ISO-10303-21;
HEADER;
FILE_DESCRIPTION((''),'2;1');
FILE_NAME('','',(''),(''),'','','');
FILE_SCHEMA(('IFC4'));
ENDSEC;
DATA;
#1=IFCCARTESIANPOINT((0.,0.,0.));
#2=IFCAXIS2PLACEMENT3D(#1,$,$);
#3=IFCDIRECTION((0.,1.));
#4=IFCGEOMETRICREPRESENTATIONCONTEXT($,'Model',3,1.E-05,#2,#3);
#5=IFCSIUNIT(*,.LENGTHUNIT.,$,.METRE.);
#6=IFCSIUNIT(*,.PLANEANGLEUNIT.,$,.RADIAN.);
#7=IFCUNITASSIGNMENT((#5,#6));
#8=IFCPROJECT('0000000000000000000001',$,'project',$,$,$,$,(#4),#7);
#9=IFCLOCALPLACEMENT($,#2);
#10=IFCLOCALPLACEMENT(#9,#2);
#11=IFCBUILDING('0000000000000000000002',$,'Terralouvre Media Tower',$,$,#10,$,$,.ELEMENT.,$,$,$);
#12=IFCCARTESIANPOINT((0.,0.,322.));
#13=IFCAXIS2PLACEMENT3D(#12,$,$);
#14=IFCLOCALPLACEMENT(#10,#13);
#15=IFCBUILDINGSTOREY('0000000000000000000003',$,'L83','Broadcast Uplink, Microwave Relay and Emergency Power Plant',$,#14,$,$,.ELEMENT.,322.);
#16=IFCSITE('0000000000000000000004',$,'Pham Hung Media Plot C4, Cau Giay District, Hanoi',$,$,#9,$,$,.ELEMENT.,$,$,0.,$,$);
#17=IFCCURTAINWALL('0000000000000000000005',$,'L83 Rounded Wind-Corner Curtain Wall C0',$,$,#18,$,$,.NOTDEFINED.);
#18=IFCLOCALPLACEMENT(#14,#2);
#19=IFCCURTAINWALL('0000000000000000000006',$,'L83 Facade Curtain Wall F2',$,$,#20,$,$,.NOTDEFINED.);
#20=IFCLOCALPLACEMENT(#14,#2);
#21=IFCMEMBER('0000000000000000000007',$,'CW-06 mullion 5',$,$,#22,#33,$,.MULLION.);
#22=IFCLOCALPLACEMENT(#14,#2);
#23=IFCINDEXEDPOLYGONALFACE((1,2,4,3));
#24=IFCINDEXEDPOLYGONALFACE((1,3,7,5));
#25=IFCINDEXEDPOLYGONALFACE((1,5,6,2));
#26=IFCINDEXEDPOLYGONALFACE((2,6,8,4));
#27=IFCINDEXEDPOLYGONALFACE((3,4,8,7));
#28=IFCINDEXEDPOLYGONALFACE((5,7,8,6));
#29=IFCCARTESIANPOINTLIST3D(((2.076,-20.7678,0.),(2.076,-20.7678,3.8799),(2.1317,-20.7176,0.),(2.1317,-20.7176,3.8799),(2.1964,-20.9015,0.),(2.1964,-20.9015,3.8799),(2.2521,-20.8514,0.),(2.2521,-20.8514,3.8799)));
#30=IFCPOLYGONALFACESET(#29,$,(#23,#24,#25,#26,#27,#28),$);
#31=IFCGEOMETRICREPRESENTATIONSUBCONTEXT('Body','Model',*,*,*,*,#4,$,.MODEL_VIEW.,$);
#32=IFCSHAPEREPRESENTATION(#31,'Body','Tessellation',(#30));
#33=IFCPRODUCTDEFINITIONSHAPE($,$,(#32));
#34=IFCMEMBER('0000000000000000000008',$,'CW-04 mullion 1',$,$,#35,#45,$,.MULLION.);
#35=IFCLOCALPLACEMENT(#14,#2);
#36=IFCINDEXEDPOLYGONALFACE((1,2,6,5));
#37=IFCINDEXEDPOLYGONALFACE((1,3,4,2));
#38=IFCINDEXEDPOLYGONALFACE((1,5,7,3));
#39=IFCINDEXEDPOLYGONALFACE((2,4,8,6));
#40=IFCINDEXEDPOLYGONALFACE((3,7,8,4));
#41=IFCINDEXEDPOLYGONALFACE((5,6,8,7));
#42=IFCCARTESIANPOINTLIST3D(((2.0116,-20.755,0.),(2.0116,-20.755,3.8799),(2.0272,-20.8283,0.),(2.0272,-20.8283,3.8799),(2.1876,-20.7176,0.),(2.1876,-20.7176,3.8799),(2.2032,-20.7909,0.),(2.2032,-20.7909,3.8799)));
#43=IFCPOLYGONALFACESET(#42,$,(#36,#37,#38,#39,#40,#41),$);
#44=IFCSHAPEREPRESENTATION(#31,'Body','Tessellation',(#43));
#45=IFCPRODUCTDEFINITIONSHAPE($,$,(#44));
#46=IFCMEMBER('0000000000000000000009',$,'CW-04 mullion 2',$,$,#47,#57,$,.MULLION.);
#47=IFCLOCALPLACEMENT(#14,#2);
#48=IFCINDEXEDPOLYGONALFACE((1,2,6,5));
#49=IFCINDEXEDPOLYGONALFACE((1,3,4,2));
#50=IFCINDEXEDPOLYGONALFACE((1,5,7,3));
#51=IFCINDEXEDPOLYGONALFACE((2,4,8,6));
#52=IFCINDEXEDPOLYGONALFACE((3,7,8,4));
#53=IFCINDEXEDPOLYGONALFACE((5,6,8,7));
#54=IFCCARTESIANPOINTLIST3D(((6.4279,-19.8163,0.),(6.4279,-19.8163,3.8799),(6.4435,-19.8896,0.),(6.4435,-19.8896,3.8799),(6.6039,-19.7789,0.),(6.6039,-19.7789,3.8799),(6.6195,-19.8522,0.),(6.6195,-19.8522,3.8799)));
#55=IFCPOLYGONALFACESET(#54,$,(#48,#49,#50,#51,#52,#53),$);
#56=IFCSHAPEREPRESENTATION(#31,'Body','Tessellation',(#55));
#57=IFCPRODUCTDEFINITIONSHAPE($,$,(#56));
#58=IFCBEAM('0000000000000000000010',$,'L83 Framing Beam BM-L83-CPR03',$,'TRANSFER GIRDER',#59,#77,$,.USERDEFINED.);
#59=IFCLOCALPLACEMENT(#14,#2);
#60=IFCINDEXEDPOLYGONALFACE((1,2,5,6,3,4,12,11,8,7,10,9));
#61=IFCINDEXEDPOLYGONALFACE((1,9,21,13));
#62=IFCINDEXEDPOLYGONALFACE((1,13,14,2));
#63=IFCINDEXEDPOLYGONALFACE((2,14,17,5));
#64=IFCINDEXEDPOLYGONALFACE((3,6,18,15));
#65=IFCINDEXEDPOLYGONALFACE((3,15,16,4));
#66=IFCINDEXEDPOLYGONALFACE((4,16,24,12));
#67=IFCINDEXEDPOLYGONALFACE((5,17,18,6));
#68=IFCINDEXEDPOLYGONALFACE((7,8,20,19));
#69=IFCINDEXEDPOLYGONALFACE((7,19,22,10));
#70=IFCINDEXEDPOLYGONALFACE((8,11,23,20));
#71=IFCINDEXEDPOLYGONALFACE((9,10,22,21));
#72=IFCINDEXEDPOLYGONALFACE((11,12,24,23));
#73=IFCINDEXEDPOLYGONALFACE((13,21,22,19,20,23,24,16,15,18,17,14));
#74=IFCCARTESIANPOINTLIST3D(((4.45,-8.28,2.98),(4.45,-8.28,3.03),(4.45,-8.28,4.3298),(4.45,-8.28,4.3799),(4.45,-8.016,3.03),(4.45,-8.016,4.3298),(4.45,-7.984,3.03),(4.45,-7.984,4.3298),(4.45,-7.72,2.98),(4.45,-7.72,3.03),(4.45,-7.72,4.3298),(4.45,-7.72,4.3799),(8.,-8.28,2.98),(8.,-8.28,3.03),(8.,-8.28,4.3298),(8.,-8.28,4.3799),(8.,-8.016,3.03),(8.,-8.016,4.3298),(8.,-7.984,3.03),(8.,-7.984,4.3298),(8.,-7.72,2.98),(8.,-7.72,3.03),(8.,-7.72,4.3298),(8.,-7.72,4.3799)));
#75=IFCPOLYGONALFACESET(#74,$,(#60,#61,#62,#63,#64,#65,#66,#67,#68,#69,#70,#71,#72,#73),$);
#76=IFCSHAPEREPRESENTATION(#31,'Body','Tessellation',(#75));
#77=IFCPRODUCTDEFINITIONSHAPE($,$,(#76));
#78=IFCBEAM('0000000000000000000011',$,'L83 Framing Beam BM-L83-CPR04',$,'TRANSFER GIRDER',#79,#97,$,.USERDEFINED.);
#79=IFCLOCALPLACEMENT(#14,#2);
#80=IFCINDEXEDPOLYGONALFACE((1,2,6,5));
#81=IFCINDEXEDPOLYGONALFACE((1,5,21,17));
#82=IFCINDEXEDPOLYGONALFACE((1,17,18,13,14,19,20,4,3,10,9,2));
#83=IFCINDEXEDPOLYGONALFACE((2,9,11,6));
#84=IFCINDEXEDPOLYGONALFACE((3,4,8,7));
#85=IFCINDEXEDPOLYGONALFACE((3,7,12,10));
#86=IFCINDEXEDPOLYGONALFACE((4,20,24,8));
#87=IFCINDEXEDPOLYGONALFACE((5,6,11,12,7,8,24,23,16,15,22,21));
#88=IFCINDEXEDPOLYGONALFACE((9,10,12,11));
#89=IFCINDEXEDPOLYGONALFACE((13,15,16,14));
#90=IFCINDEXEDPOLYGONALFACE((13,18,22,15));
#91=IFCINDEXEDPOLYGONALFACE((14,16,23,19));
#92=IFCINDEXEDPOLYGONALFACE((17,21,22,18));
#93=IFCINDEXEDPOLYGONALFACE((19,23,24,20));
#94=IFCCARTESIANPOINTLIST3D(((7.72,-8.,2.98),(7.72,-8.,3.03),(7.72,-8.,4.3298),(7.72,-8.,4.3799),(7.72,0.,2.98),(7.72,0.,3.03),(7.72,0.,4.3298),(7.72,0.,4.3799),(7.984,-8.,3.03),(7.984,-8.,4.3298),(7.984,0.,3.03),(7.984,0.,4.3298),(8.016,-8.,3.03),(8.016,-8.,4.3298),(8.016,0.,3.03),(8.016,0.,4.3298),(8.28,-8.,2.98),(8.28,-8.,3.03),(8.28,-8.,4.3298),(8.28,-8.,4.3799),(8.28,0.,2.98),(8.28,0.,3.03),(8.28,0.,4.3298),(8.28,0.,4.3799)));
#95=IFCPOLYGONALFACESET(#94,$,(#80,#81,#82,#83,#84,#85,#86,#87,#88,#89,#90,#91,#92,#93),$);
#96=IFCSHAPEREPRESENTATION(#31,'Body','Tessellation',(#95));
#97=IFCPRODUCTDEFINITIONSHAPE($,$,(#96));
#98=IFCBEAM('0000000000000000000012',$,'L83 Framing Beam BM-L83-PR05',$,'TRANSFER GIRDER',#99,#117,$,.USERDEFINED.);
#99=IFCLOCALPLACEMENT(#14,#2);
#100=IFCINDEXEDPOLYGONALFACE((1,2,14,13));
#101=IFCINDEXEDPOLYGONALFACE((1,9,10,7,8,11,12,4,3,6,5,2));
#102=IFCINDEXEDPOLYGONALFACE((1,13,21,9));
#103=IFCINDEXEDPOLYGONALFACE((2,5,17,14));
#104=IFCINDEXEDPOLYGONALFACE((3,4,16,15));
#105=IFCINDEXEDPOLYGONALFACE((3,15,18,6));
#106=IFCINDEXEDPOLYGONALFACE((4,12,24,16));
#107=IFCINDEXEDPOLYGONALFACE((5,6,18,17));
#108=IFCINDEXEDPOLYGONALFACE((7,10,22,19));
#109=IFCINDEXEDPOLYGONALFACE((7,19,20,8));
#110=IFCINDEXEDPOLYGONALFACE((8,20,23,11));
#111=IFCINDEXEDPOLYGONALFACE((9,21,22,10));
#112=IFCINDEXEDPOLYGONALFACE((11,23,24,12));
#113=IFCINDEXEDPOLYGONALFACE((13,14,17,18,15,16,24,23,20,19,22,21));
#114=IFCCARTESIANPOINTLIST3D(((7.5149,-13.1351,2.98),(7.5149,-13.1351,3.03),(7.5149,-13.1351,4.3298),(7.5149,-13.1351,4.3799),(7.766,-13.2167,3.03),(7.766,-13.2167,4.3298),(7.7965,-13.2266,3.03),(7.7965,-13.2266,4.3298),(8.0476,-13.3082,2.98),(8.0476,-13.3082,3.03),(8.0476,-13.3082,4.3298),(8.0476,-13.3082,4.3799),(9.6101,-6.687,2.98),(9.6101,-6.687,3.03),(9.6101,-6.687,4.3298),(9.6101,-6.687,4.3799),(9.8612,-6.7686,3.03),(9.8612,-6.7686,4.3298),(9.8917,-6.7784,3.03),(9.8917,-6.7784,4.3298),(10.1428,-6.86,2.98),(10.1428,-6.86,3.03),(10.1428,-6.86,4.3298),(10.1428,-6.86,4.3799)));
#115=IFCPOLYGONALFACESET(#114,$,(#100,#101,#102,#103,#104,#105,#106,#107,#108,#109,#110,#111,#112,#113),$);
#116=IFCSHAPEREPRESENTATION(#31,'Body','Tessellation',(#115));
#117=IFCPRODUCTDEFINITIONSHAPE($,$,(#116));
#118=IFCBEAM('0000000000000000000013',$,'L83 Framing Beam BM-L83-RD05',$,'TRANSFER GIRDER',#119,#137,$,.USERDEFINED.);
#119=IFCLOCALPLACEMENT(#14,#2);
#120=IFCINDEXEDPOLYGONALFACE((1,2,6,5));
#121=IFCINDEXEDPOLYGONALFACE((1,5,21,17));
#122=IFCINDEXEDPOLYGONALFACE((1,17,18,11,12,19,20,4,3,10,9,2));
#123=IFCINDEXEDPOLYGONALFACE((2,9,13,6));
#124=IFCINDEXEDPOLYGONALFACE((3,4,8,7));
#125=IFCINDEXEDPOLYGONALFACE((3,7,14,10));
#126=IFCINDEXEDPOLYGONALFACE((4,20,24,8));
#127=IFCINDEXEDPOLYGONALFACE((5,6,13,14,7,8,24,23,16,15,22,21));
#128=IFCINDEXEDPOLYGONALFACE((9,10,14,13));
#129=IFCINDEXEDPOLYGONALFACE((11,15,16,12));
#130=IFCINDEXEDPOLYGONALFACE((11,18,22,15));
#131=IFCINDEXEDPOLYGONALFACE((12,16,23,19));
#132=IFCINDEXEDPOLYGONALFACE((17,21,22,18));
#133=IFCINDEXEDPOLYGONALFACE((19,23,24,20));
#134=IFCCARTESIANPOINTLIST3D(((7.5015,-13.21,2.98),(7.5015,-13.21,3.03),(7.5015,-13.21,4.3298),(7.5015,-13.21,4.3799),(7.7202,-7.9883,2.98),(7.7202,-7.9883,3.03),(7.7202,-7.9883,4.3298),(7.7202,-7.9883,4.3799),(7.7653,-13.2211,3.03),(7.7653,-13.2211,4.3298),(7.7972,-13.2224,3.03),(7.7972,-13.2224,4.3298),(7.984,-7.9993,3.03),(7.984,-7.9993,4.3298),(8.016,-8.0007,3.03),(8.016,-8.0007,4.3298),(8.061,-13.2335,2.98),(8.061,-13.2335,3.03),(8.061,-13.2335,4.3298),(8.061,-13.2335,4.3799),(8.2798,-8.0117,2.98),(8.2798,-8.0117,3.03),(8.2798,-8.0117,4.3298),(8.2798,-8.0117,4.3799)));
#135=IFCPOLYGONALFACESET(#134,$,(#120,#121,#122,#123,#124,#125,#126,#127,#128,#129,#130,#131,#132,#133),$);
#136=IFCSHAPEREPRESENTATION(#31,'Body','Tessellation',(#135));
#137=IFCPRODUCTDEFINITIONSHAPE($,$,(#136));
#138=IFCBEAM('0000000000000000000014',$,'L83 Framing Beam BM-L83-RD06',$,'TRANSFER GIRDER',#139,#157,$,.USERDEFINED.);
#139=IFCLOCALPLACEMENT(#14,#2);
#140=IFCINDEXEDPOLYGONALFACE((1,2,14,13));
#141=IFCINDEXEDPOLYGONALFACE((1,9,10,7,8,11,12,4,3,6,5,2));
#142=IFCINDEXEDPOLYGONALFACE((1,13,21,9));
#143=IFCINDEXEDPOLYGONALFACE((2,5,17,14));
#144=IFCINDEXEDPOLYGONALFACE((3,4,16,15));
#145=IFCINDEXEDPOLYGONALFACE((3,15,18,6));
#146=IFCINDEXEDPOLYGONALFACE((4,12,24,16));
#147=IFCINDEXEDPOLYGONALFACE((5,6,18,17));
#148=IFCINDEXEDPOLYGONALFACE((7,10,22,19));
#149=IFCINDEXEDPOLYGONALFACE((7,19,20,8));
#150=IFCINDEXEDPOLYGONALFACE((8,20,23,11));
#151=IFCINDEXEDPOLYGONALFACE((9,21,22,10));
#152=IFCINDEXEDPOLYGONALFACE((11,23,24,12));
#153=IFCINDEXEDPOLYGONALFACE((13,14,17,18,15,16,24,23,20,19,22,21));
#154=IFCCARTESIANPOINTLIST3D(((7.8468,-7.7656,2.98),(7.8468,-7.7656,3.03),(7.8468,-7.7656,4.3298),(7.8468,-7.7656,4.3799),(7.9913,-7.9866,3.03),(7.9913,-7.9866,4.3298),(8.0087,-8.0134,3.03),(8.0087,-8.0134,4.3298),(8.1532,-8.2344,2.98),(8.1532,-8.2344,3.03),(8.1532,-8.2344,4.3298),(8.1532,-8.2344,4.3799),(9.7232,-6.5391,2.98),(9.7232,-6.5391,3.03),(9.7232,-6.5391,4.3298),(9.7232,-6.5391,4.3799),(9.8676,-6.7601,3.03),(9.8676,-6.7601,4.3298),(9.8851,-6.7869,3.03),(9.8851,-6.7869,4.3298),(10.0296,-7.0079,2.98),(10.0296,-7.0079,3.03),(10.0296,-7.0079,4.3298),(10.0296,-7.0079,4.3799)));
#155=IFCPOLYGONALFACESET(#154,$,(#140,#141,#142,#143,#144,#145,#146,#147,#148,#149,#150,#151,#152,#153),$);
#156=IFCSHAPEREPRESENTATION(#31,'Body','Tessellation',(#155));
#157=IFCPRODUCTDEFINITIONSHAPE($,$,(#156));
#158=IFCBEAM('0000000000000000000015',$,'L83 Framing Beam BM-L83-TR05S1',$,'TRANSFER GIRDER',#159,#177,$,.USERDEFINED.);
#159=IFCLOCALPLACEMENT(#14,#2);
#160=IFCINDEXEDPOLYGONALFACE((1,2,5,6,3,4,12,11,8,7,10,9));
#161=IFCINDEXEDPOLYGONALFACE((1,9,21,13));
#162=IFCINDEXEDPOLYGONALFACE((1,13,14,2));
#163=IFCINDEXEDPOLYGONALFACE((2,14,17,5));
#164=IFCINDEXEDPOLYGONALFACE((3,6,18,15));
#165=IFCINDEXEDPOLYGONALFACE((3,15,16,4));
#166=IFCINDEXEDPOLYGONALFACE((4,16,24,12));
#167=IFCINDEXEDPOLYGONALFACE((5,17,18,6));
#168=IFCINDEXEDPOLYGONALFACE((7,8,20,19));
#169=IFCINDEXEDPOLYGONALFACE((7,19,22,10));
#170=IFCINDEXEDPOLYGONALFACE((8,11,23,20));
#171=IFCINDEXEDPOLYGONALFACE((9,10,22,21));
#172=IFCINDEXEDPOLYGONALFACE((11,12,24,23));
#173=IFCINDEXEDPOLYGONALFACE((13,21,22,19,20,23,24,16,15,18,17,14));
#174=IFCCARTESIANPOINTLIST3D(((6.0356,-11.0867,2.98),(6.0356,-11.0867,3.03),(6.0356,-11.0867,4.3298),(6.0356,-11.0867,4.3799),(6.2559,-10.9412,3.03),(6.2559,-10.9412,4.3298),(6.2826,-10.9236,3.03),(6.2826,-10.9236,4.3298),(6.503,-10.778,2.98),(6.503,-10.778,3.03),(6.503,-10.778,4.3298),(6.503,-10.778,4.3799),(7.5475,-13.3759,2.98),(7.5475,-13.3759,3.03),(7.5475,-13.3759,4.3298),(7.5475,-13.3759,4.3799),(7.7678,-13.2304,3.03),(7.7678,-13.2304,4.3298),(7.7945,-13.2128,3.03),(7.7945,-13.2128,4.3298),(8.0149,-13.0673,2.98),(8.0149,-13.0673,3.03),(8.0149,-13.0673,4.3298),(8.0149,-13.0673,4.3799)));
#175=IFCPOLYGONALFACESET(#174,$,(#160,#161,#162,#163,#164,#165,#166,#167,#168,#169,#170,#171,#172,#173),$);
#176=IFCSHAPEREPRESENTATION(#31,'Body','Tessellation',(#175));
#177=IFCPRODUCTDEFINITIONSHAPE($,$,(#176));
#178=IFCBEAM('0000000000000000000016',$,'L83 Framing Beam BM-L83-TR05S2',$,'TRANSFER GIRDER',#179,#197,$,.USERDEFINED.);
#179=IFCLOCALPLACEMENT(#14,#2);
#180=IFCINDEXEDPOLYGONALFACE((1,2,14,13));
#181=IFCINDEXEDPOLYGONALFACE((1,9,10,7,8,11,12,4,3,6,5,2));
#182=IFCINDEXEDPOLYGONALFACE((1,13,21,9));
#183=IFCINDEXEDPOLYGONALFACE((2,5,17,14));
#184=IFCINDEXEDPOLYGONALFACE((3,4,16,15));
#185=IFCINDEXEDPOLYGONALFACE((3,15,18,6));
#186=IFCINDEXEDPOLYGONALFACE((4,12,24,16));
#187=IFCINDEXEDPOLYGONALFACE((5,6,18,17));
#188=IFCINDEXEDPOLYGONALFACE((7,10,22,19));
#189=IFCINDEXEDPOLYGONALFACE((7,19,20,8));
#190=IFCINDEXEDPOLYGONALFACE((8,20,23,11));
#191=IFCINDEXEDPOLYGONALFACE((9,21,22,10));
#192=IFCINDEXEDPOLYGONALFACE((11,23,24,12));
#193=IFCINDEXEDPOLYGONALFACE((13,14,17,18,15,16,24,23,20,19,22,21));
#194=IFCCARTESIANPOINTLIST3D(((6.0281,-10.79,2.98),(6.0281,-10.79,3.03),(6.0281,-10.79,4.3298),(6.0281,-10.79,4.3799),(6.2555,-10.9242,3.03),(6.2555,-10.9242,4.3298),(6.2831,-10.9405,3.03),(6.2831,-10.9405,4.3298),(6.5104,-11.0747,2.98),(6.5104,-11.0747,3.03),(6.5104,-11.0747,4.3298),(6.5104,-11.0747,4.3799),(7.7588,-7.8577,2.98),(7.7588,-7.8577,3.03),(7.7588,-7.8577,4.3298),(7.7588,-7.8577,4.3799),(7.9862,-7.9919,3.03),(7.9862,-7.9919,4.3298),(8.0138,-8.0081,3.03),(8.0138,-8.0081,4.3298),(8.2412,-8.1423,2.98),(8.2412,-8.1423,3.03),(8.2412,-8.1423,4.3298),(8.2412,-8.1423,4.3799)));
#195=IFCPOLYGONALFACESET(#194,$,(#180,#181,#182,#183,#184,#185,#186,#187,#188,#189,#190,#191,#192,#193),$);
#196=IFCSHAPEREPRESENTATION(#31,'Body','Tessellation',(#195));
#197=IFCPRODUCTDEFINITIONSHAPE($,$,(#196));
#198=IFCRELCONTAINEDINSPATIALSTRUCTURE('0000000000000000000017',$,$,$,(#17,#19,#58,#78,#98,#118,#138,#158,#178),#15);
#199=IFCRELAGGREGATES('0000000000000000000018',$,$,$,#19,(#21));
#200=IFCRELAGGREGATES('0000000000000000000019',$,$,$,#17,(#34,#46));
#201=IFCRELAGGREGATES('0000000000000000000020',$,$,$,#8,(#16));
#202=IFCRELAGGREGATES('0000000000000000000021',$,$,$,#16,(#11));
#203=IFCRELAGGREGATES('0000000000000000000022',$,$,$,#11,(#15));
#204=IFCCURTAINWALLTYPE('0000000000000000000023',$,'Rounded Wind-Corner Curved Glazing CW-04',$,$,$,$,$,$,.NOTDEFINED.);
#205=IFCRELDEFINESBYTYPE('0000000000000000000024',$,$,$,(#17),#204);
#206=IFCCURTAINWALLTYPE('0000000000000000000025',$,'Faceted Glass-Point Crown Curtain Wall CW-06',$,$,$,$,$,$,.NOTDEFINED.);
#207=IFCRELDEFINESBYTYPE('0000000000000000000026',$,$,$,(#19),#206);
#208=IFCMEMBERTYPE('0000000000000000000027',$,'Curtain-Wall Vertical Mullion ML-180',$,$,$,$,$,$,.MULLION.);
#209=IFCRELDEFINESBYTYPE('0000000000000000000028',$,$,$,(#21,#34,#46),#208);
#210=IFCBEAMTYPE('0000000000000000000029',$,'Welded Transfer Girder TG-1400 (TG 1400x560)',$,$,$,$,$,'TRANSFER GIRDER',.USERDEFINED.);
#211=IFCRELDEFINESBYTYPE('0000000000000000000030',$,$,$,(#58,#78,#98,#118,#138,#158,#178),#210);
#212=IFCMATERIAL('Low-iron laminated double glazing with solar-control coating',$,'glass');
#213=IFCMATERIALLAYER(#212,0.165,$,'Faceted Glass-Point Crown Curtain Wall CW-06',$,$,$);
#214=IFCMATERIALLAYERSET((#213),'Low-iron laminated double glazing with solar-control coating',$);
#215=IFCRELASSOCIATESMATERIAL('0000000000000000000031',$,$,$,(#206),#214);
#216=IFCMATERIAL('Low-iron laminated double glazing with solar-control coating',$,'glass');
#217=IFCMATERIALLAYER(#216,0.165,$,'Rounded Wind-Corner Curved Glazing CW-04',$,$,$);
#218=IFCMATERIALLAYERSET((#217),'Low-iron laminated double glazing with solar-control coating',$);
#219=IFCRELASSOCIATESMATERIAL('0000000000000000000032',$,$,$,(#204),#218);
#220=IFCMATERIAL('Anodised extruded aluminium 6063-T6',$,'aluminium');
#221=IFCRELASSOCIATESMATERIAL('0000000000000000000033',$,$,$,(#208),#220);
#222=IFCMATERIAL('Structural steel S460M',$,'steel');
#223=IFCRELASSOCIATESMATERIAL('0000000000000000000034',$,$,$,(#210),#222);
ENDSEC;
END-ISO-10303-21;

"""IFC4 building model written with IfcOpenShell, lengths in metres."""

from ifc_helpers import new_model, si_unit, direction, frame, origin, origin_2d, place, context, subcontext, project, spatial, rectangle, i_section, extrude, material, layer, layer_set, material_profile, profile_set, type_object, element, aggregate, save


model = new_model("IFC4")

# Units and contexts
model_context = context("Model", 3, precision=1e-05, world=origin(), true_north=direction((0.0, 1.0)))
body_context = subcontext(model_context, "Body", "Model", "MODEL_VIEW")
ifc_project = project(units=[si_unit("LENGTHUNIT", "METRE"), si_unit("PLANEANGLEUNIT", "RADIAN")], contexts=[model_context])

# Site, building, storey
site_placement = place(None, origin())
site = spatial("IfcSite", under=ifc_project, at=site_placement, Name="Pham Hung Media Plot C4, Cau Giay District, Hanoi", CompositionType="ELEMENT", RefElevation=0.0)
building_placement = place(site_placement, origin())
building = spatial("IfcBuilding", under=site, at=building_placement, Name="Terralouvre Media Tower", CompositionType="ELEMENT")
storey_placement = place(building_placement, frame((0.0, 0.0, 322.0)))
storey = spatial("IfcBuildingStorey", under=building, at=storey_placement, Name="L83", Description="Broadcast Uplink, Microwave Relay and Emergency Power Plant", CompositionType="ELEMENT", Elevation=322.0)

# Curtain wall
ifc_material_1 = material(Name="Low-iron laminated double glazing with solar-control coating", Category="glass")
ifc_layer_1 = layer(ifc_material_1, 0.165, Name="Faceted Glass-Point Crown Curtain Wall CW-06")
ifc_layer_set_1 = layer_set([ifc_layer_1], Name="Low-iron laminated double glazing with solar-control coating")
curtain_wall_type_1 = type_object("IfcCurtainWallType", Name="Faceted Glass-Point Crown Curtain Wall CW-06", PredefinedType="NOTDEFINED", material=ifc_layer_set_1)
ifc_material_2 = material(Name="Low-iron laminated double glazing with solar-control coating", Category="glass")
ifc_layer_2 = layer(ifc_material_2, 0.165, Name="Rounded Wind-Corner Curved Glazing CW-04")
ifc_layer_set_2 = layer_set([ifc_layer_2], Name="Low-iron laminated double glazing with solar-control coating")
curtain_wall_type_2 = type_object("IfcCurtainWallType", Name="Rounded Wind-Corner Curved Glazing CW-04", PredefinedType="NOTDEFINED", material=ifc_layer_set_2)
curtain_wall_1_placement = place(storey_placement, origin())
curtain_wall_1 = element("IfcCurtainWall", 1, at=curtain_wall_1_placement, inside=storey, type_object=curtain_wall_type_2, Name="L83 Rounded Wind-Corner Curtain Wall C0", PredefinedType="NOTDEFINED")

# Shared definitions
ifc_material_3 = material(Name="Anodised extruded aluminium 6063-T6", Category="aluminium")
ifc_material_profile_1 = material_profile(ifc_material_3, rectangle(XDim=0.075, YDim=0.1799, at=origin_2d()), Name="ALU 75x180")
ifc_profile_set_1 = profile_set([ifc_material_profile_1], Name="Anodised extruded aluminium 6063-T6")
member_type_1 = type_object("IfcMemberType", Name="Curtain-Wall Vertical Mullion ML-180", PredefinedType="MULLION", material=ifc_profile_set_1)

# Curtain wall, member
curtain_wall_2_placement = place(storey_placement, origin())
curtain_wall_2 = element("IfcCurtainWall", 2, at=curtain_wall_2_placement, inside=storey, type_object=curtain_wall_type_1, Name="L83 Facade Curtain Wall F2", PredefinedType="NOTDEFINED")
member_1_placement = place(storey_placement, frame((2.1641, -20.8096, 0.0), z_axis=(0.0, 0.0, 1.0), x_axis=(0.743145, 0.669131, 0.0)))
member_1 = element("IfcMember", 3, at=member_1_placement, type_object=member_type_1, Name="CW-06 mullion 5", PredefinedType="MULLION", context=body_context, shape_type="SweptSolid", body=[
    extrude(rectangle(XDim=0.075, YDim=0.1799, at=origin_2d()), origin(), (0.0, 0.0, 1.0), 3.8799),
])
aggregate(curtain_wall_2, [member_1])

# Members
member_2_placement = place(storey_placement, frame((2.1074, -20.7729, 0.0), z_axis=(0.0, 0.0, 1.0), x_axis=(-0.207911, 0.978148, 0.0)))
member_2 = element("IfcMember", 4, at=member_2_placement, type_object=member_type_1, Name="CW-04 mullion 1", PredefinedType="MULLION", context=body_context, shape_type="SweptSolid", body=[
    extrude(rectangle(XDim=0.075, YDim=0.1799, at=origin_2d()), origin(), (0.0, 0.0, 1.0), 3.8799),
])
member_3_placement = place(storey_placement, frame((6.5237, -19.8342, 0.0), z_axis=(0.0, 0.0, 1.0), x_axis=(-0.207911, 0.978148, 0.0)))
member_3 = element("IfcMember", 5, at=member_3_placement, type_object=member_type_1, Name="CW-04 mullion 2", PredefinedType="MULLION", context=body_context, shape_type="SweptSolid", body=[
    extrude(rectangle(XDim=0.075, YDim=0.1799, at=origin_2d()), origin(), (0.0, 0.0, 1.0), 3.8799),
])

# Beams
ifc_material_4 = material(Name="Structural steel S460M", Category="steel")
ifc_material_profile_2 = material_profile(ifc_material_4, i_section(OverallWidth=0.5601, OverallDepth=1.3999, WebThickness=0.032, FlangeThickness=0.05, at=origin_2d()), Name="TG 1400x560")
ifc_profile_set_2 = profile_set([ifc_material_profile_2], Name="Structural steel S460M")
beam_type = type_object("IfcBeamType", Name="Welded Transfer Girder TG-1400 (TG 1400x560)", ElementType="TRANSFER GIRDER", PredefinedType="USERDEFINED", material=ifc_profile_set_2)
beam_1_placement = place(storey_placement, frame((4.45, -8.0, 3.6799), z_axis=(1.0, 0.0, 0.0), x_axis=(0.0, 1.0, 0.0)))
element("IfcBeam", 6, at=beam_1_placement, inside=storey, type_object=beam_type, Name="L83 Framing Beam BM-L83-CPR03", ObjectType="TRANSFER GIRDER", PredefinedType="USERDEFINED", context=body_context, shape_type="SweptSolid", body=[
    extrude(i_section(OverallWidth=0.5601, OverallDepth=1.3999, WebThickness=0.032, FlangeThickness=0.05, at=origin_2d()), origin(), (0.0, 0.0, 1.0), 3.55),
])
beam_2_placement = place(storey_placement, frame((8.0, -8.0, 3.6799), z_axis=(0.0, 1.0, 0.0), x_axis=(-1.0, 0.0, 0.0)))
element("IfcBeam", 7, at=beam_2_placement, inside=storey, type_object=beam_type, Name="L83 Framing Beam BM-L83-CPR04", ObjectType="TRANSFER GIRDER", PredefinedType="USERDEFINED", context=body_context, shape_type="SweptSolid", body=[
    extrude(i_section(OverallWidth=0.5601, OverallDepth=1.3999, WebThickness=0.032, FlangeThickness=0.05, at=origin_2d()), origin(), (0.0, 0.0, 1.0), 8.0),
])
beam_3_placement = place(storey_placement, frame((7.7812, -13.2217, 3.6799), z_axis=(0.309024, 0.951054, 0.0), x_axis=(-0.951054, 0.309024, 0.0)))
element("IfcBeam", 8, at=beam_3_placement, inside=storey, type_object=beam_type, Name="L83 Framing Beam BM-L83-PR05", ObjectType="TRANSFER GIRDER", PredefinedType="USERDEFINED", context=body_context, shape_type="SweptSolid", body=[
    extrude(i_section(OverallWidth=0.5601, OverallDepth=1.3999, WebThickness=0.032, FlangeThickness=0.05, at=origin_2d()), origin(), (0.0, 0.0, 1.0), 6.78),
])
beam_4_placement = place(storey_placement, frame((8.0, -8.0, 3.6799), z_axis=(-0.041856, -0.999124, 0.0), x_axis=(0.999124, -0.041856, 0.0)))
element("IfcBeam", 9, at=beam_4_placement, inside=storey, type_object=beam_type, Name="L83 Framing Beam BM-L83-RD05", ObjectType="TRANSFER GIRDER", PredefinedType="USERDEFINED", context=body_context, shape_type="SweptSolid", body=[
    extrude(i_section(OverallWidth=0.5601, OverallDepth=1.3999, WebThickness=0.032, FlangeThickness=0.05, at=origin_2d()), origin(), (0.0, 0.0, 1.0), 5.2263),
])
beam_5_placement = place(storey_placement, frame((8.0, -8.0, 3.6799), z_axis=(0.837043, 0.547138, 0.0), x_axis=(-0.547138, 0.837043, 0.0)))
element("IfcBeam", 10, at=beam_5_placement, inside=storey, type_object=beam_type, Name="L83 Framing Beam BM-L83-RD06", ObjectType="TRANSFER GIRDER", PredefinedType="USERDEFINED", context=body_context, shape_type="SweptSolid", body=[
    extrude(i_section(OverallWidth=0.5601, OverallDepth=1.3999, WebThickness=0.032, FlangeThickness=0.05, at=origin_2d()), origin(), (0.0, 0.0, 1.0), 2.2417),
])
beam_6_placement = place(storey_placement, frame((6.2693, -10.9324, 3.6799), z_axis=(0.551101, -0.834438, 0.0), x_axis=(0.834438, 0.551101, 0.0)))
element("IfcBeam", 11, at=beam_6_placement, inside=storey, type_object=beam_type, Name="L83 Framing Beam BM-L83-TR05S1", ObjectType="TRANSFER GIRDER", PredefinedType="USERDEFINED", context=body_context, shape_type="SweptSolid", body=[
    extrude(i_section(OverallWidth=0.5601, OverallDepth=1.3999, WebThickness=0.032, FlangeThickness=0.05, at=origin_2d()), origin(), (0.0, 0.0, 1.0), 2.7434),
])
beam_7_placement = place(storey_placement, frame((6.2693, -10.9324, 3.6799), z_axis=(0.508282, 0.86119, 0.0), x_axis=(-0.86119, 0.508282, 0.0)))
element("IfcBeam", 12, at=beam_7_placement, inside=storey, type_object=beam_type, Name="L83 Framing Beam BM-L83-TR05S2", ObjectType="TRANSFER GIRDER", PredefinedType="USERDEFINED", context=body_context, shape_type="SweptSolid", body=[
    extrude(i_section(OverallWidth=0.5601, OverallDepth=1.3999, WebThickness=0.032, FlangeThickness=0.05, at=origin_2d()), origin(), (0.0, 0.0, 1.0), 3.405),
])

aggregate(curtain_wall_1, [member_2, member_3])

save(model, "model.ifc")
